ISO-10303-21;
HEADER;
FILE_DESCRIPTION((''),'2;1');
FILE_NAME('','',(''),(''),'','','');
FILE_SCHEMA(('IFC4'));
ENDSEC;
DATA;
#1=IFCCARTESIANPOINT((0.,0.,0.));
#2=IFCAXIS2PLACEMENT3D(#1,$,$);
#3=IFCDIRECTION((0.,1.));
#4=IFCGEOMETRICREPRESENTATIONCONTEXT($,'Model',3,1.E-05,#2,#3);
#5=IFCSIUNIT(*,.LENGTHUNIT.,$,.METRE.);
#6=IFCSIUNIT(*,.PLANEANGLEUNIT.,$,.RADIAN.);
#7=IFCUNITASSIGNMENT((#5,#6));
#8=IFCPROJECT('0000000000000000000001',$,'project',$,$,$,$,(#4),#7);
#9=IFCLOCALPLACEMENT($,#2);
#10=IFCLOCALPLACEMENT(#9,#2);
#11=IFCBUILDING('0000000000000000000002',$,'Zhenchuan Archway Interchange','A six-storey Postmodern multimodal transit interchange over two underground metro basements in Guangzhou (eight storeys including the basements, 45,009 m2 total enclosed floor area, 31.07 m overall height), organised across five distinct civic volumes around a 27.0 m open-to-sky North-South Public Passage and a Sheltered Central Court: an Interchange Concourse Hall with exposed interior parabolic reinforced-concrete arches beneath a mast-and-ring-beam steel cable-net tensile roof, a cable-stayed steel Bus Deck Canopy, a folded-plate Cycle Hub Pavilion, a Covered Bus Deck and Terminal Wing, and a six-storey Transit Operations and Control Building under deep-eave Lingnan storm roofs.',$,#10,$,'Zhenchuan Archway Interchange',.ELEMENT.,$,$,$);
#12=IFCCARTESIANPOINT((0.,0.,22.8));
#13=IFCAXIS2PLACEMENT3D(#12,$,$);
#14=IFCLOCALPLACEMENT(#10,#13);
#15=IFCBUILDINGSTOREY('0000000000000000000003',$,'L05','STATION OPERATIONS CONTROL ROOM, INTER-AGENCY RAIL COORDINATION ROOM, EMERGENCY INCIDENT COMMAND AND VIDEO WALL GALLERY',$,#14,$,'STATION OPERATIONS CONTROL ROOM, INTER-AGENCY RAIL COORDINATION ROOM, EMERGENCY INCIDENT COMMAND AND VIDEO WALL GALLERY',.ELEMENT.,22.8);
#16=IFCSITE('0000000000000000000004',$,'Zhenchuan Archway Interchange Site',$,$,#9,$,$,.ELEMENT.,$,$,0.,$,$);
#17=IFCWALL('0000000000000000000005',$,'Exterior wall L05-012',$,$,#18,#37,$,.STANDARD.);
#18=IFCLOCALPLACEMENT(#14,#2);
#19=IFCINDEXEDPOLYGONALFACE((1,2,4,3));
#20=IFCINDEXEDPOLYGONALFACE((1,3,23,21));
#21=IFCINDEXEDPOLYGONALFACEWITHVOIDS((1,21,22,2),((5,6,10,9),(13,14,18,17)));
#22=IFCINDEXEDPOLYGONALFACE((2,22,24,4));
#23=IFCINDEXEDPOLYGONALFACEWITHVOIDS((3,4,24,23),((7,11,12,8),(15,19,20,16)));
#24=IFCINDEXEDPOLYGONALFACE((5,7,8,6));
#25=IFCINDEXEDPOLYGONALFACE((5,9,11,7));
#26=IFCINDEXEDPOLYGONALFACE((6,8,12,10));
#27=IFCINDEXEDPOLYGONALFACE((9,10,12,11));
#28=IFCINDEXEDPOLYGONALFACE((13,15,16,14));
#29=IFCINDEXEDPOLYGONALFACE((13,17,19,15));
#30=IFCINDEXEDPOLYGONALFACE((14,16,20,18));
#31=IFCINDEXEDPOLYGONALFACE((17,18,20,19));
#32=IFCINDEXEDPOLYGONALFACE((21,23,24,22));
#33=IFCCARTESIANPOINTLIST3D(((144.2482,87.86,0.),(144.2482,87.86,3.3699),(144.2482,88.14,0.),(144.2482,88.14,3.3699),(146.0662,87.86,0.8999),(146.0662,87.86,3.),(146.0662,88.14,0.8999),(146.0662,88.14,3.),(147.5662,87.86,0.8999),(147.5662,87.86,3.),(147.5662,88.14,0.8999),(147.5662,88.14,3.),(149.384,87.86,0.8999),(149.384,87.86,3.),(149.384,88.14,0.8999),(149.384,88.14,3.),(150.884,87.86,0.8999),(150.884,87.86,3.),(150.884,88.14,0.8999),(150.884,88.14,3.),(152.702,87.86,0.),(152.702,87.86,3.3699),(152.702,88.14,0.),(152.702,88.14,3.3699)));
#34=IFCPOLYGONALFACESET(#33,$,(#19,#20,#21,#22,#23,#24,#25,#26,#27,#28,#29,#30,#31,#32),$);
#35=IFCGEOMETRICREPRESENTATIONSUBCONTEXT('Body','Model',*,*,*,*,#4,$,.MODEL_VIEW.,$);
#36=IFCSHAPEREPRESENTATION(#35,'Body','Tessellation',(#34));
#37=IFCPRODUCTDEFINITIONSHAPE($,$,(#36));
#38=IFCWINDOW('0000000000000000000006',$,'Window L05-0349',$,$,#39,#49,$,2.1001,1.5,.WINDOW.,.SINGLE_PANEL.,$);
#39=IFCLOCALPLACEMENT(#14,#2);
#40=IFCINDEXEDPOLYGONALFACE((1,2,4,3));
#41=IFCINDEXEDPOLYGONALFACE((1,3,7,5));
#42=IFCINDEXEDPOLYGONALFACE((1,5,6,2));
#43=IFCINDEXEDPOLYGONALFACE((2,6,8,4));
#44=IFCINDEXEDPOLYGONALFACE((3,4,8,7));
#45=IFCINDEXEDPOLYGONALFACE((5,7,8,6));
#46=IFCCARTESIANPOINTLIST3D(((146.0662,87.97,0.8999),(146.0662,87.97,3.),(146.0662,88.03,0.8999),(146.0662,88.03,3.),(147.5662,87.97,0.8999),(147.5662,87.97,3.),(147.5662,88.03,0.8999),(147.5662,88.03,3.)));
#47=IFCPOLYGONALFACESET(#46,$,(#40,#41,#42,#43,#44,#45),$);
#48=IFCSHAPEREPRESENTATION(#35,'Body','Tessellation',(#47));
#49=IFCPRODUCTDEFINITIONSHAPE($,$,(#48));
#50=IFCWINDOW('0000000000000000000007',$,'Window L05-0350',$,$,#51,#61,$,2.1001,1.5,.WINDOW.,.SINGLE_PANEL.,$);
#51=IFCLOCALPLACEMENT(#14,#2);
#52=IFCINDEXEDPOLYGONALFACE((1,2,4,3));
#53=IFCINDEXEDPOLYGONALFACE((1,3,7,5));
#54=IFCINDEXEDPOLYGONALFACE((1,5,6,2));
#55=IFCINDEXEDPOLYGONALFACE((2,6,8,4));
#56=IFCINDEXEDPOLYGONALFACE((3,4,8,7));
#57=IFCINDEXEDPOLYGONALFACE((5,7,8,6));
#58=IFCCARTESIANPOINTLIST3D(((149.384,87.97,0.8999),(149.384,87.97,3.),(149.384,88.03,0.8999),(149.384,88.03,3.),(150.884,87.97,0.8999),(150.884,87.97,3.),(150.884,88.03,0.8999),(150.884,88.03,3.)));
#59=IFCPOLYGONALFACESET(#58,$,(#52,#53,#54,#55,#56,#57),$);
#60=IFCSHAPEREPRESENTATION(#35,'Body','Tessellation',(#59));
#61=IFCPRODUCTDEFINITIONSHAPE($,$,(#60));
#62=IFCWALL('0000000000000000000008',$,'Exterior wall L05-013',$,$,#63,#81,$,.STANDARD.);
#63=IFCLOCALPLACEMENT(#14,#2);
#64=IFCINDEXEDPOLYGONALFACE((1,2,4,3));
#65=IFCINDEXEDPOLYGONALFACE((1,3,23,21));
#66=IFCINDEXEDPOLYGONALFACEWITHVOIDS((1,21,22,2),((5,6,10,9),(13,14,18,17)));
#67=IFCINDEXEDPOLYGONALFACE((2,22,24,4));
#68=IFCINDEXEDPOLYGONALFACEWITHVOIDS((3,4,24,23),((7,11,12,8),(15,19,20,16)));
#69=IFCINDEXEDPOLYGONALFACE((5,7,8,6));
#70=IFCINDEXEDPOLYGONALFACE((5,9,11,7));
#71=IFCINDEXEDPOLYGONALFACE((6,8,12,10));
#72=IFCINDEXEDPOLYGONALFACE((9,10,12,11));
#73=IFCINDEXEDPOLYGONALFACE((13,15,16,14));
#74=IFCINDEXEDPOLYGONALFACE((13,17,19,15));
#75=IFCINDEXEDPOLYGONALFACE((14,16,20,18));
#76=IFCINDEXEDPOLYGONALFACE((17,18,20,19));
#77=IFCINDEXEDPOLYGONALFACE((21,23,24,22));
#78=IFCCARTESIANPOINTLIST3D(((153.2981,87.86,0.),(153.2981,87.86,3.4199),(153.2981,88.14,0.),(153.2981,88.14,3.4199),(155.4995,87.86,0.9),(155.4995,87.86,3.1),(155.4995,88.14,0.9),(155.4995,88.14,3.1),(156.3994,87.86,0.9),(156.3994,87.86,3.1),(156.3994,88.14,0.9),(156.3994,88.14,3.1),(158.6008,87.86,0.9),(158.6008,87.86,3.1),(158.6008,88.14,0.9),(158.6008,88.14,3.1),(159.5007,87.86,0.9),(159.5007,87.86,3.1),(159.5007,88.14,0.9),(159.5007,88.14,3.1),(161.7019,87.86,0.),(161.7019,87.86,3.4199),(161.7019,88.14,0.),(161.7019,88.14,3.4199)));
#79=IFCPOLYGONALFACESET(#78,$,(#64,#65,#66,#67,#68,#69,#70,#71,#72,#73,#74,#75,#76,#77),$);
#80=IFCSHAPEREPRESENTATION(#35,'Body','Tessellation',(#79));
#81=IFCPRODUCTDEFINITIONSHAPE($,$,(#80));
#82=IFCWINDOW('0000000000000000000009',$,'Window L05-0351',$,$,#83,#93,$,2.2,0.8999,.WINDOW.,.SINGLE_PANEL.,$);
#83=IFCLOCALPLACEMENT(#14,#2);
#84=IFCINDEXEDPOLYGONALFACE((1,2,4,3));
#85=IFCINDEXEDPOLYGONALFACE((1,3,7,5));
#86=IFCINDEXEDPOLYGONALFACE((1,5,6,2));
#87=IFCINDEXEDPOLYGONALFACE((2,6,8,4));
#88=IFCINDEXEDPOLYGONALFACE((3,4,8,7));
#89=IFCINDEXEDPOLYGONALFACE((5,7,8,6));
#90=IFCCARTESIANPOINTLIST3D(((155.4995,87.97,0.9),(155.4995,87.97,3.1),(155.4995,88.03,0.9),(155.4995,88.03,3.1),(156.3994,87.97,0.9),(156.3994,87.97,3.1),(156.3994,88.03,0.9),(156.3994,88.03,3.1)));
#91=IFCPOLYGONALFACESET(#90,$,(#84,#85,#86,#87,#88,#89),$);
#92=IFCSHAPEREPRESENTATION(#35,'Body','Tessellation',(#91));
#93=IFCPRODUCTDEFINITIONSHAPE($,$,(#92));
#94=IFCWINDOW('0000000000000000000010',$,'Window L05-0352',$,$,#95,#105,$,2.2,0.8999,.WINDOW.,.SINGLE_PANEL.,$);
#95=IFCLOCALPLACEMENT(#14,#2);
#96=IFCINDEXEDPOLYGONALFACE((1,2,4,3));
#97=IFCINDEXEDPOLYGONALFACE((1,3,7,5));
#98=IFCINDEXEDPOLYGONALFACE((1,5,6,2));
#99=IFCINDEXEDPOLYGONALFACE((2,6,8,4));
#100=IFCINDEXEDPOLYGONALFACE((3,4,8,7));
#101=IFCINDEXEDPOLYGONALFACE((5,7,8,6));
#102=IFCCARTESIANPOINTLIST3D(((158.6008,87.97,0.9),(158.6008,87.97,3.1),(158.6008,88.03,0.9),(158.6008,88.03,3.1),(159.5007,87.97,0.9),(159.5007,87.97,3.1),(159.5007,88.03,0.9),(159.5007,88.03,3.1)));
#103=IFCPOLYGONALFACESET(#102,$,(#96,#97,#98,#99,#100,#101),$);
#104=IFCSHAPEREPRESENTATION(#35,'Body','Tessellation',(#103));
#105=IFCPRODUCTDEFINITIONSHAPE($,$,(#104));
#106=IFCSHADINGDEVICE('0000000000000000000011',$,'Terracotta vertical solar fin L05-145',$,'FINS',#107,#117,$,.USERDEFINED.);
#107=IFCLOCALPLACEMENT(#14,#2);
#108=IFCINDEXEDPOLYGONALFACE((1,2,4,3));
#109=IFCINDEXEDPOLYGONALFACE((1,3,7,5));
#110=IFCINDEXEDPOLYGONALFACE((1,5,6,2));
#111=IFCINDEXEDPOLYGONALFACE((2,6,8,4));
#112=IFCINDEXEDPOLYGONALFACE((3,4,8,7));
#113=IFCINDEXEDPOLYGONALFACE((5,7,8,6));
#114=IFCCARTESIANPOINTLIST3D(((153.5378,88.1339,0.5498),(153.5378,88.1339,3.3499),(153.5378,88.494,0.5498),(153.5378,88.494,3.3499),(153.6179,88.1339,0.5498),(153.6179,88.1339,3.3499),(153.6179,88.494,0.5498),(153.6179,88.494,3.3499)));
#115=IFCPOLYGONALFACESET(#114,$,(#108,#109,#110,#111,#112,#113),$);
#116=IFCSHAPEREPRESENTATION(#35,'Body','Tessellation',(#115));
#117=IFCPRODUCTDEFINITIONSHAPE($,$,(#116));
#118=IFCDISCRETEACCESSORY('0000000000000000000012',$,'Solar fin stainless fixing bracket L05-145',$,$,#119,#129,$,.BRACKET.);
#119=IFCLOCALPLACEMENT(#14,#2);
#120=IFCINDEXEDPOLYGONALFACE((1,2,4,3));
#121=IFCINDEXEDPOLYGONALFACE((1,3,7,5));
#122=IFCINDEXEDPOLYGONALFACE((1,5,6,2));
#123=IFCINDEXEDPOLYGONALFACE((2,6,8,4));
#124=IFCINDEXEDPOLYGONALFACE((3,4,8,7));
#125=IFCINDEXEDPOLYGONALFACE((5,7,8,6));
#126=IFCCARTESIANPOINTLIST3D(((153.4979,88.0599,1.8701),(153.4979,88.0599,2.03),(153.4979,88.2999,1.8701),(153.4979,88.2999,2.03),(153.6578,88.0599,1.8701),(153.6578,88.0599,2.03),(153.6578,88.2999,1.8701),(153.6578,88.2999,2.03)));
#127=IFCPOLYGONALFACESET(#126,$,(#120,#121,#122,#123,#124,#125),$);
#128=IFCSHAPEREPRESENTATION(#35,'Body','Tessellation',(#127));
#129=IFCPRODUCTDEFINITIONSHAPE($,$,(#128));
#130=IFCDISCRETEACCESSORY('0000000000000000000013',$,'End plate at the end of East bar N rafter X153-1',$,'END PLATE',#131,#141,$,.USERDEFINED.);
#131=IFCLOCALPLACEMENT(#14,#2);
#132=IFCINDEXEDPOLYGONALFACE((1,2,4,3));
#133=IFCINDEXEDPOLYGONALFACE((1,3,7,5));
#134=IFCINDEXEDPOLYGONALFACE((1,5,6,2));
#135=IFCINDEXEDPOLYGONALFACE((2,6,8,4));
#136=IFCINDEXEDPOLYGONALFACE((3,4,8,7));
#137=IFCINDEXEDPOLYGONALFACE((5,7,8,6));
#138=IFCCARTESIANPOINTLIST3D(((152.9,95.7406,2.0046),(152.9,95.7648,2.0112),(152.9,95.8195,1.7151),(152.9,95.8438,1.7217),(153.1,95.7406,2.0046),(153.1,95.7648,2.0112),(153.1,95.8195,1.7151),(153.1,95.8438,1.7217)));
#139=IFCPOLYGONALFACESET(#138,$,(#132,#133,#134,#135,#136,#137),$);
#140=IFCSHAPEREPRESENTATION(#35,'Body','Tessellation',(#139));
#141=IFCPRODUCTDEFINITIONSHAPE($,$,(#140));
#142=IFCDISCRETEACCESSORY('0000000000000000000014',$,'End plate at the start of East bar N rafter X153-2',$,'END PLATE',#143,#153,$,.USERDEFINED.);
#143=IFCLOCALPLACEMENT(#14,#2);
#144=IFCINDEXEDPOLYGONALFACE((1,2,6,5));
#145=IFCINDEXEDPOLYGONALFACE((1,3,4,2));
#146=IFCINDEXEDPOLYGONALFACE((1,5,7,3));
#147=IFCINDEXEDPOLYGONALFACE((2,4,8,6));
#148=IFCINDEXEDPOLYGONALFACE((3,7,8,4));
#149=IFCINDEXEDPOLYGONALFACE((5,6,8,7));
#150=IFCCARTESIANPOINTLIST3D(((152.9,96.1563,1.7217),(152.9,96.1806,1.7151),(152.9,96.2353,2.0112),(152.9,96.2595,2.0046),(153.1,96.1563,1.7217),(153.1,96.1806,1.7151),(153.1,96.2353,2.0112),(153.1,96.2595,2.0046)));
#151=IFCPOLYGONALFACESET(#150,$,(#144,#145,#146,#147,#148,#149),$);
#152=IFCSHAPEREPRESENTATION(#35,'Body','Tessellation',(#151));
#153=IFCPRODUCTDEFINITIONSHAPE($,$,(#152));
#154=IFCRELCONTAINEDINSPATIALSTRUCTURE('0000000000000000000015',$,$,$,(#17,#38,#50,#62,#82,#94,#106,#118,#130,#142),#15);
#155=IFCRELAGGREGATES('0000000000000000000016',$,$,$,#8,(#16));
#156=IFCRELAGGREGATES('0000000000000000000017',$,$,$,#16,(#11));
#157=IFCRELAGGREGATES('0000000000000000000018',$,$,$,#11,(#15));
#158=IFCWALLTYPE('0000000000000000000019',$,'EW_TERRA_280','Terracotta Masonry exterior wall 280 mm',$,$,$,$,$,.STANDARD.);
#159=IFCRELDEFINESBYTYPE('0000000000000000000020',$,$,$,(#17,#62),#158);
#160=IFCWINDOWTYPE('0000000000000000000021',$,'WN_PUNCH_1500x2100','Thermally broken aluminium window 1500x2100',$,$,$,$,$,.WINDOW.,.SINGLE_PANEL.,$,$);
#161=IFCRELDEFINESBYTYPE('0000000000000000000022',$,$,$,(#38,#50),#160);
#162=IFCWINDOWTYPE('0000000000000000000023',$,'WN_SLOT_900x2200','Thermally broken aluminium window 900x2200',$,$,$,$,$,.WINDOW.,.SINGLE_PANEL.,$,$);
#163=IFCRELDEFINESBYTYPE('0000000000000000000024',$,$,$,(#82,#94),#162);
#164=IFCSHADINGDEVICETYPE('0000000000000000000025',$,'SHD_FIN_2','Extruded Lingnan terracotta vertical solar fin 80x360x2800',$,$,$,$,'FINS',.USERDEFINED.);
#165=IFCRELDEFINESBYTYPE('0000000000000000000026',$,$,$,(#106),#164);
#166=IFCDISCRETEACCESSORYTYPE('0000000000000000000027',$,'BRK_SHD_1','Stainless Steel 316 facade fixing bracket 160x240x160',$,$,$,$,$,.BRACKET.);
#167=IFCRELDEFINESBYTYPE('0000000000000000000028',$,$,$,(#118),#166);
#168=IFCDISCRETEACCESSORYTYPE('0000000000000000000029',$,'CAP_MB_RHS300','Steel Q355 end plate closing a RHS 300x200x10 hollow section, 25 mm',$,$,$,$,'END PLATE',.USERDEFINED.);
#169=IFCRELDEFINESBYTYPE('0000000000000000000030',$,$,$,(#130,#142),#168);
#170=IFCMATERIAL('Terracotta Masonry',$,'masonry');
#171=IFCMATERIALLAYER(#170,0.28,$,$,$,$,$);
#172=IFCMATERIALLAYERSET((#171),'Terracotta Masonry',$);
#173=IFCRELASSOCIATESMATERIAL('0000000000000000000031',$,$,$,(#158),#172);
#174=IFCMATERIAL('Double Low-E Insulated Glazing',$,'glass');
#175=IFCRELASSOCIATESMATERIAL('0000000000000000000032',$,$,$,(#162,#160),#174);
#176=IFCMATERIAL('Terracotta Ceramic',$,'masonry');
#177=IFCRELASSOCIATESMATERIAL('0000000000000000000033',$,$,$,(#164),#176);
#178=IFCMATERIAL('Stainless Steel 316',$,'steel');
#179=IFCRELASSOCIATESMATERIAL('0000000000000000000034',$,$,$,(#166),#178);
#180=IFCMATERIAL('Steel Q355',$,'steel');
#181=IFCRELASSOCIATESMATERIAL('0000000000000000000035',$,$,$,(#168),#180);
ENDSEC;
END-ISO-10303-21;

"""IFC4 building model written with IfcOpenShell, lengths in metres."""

from ifc_helpers import new_model, si_unit, direction, frame, frame_2d, origin, origin_2d, place, context, subcontext, project, spatial, rectangle, extrude, material, layer, layer_set, type_object, element, fill, save


model = new_model("IFC4")

# Units and contexts
model_context = context("Model", 3, precision=1e-05, world=origin(), true_north=direction((0.0, 1.0)))
body_context = subcontext(model_context, "Body", "Model", "MODEL_VIEW")
ifc_project = project(units=[si_unit("LENGTHUNIT", "METRE"), si_unit("PLANEANGLEUNIT", "RADIAN")], contexts=[model_context])

# Site, building, storey
site_placement = place(None, origin())
site = spatial("IfcSite", under=ifc_project, at=site_placement, Name="Zhenchuan Archway Interchange Site", CompositionType="ELEMENT", RefElevation=0.0)
building_placement = place(site_placement, origin())
building = spatial("IfcBuilding", under=site, at=building_placement, Name="Zhenchuan Archway Interchange", Description="A six-storey Postmodern multimodal transit interchange over two underground metro basements in Guangzhou (eight storeys including the basements, 45,009 m2 total enclosed floor area, 31.07 m overall height), organised across five distinct civic volumes around a 27.0 m open-to-sky North-South Public Passage and a Sheltered Central Court: an Interchange Concourse Hall with exposed interior parabolic reinforced-concrete arches beneath a mast-and-ring-beam steel cable-net tensile roof, a cable-stayed steel Bus Deck Canopy, a folded-plate Cycle Hub Pavilion, a Covered Bus Deck and Terminal Wing, and a six-storey Transit Operations and Control Building under deep-eave Lingnan storm roofs.", LongName="Zhenchuan Archway Interchange", CompositionType="ELEMENT")
storey_placement = place(building_placement, frame((0.0, 0.0, 22.8)))
storey = spatial("IfcBuildingStorey", under=building, at=storey_placement, Name="L05", Description="STATION OPERATIONS CONTROL ROOM, INTER-AGENCY RAIL COORDINATION ROOM, EMERGENCY INCIDENT COMMAND AND VIDEO WALL GALLERY", LongName="STATION OPERATIONS CONTROL ROOM, INTER-AGENCY RAIL COORDINATION ROOM, EMERGENCY INCIDENT COMMAND AND VIDEO WALL GALLERY", CompositionType="ELEMENT", Elevation=22.8)

# Shared definitions
ifc_material_1 = material(Name="Steel Q355", Category="steel")

# Walls, openings, windows
ifc_material_2 = material(Name="Terracotta Masonry", Category="masonry")
ifc_layer_1 = layer(ifc_material_2, 0.28)
ifc_layer_set_1 = layer_set([ifc_layer_1], Name="Terracotta Masonry")
wall_type_1 = type_object("IfcWallType", Name="EW_TERRA_280", Description="Terracotta Masonry exterior wall 280 mm", PredefinedType="STANDARD", material=ifc_layer_set_1)
ifc_material_3 = material(Name="Double Low-E Insulated Glazing", Category="glass")
window_type_1 = type_object("IfcWindowType", Name="WN_SLOT_900x2200", Description="Thermally broken aluminium window 900x2200", PartitioningType="SINGLE_PANEL", PredefinedType="WINDOW", material=ifc_material_3)
wall_1_placement = place(storey_placement, frame((144.248, 88.0, 0.0), z_axis=(0.0, 0.0, 1.0), x_axis=(1.0, 0.0, 0.0)))
wall_1 = element("IfcWall", 1, at=wall_1_placement, inside=storey, type_object=wall_type_1, Name="Exterior wall L05-012", PredefinedType="STANDARD", context=body_context, shape_type="SweptSolid", body=[
    extrude(rectangle(XDim=8.4539, YDim=0.28, at=frame_2d((4.2271, 0.0))), origin(), (0.0, 0.0, 1.0), 3.3699),
])
opening_1_placement = place(wall_1_placement, frame((1.8181, 0.0, 0.8999)))
opening_1 = element("IfcOpeningElement", 2, at=opening_1_placement, cuts=wall_1, PredefinedType="OPENING", context=body_context, shape_type="SweptSolid", body=[
    extrude(rectangle(XDim=1.5, YDim=2.1001, at=frame_2d((0.75, 1.05))), frame((0.0, 0.1519, 0.0), z_axis=(0.0, -1.0, 0.0), x_axis=(1.0, 0.0, 0.0)), (0.0, 0.0, 1.0), 0.304),
])
opening_2_placement = place(wall_1_placement, frame((5.136, 0.0, 0.8999)))
opening_2 = element("IfcOpeningElement", 3, at=opening_2_placement, cuts=wall_1, PredefinedType="OPENING", context=body_context, shape_type="SweptSolid", body=[
    extrude(rectangle(XDim=1.5, YDim=2.1001, at=frame_2d((0.75, 1.05))), frame((0.0, 0.1519, 0.0), z_axis=(0.0, -1.0, 0.0), x_axis=(1.0, 0.0, 0.0)), (0.0, 0.0, 1.0), 0.304),
])
window_type_2 = type_object("IfcWindowType", Name="WN_PUNCH_1500x2100", Description="Thermally broken aluminium window 1500x2100", PartitioningType="SINGLE_PANEL", PredefinedType="WINDOW", material=ifc_material_3)
window_1_placement = place(opening_1_placement, origin())
window_1 = element("IfcWindow", 4, at=window_1_placement, inside=storey, type_object=window_type_2, Name="Window L05-0349", OverallHeight=2.1001, OverallWidth=1.5, PartitioningType="SINGLE_PANEL", PredefinedType="WINDOW", context=body_context, shape_type="SweptSolid", body=[
    extrude(rectangle(XDim=1.5, YDim=2.1001, at=frame_2d((0.75, 1.05))), frame((0.0, 0.03, 0.0), z_axis=(0.0, -1.0, 0.0), x_axis=(1.0, 0.0, 0.0)), (0.0, 0.0, 1.0), 0.0601),
])
fill(opening_1, window_1)
window_2_placement = place(opening_2_placement, origin())
window_2 = element("IfcWindow", 5, at=window_2_placement, inside=storey, type_object=window_type_2, Name="Window L05-0350", OverallHeight=2.1001, OverallWidth=1.5, PartitioningType="SINGLE_PANEL", PredefinedType="WINDOW", context=body_context, shape_type="SweptSolid", body=[
    extrude(rectangle(XDim=1.5, YDim=2.1001, at=frame_2d((0.75, 1.05))), frame((0.0, 0.03, 0.0), z_axis=(0.0, -1.0, 0.0), x_axis=(1.0, 0.0, 0.0)), (0.0, 0.0, 1.0), 0.0601),
])
fill(opening_2, window_2)
wall_2_placement = place(storey_placement, frame((153.2981, 88.0, 0.0), z_axis=(0.0, 0.0, 1.0), x_axis=(1.0, 0.0, 0.0)))
wall_2 = element("IfcWall", 6, at=wall_2_placement, inside=storey, type_object=wall_type_1, Name="Exterior wall L05-013", PredefinedType="STANDARD", context=body_context, shape_type="SweptSolid", body=[
    extrude(rectangle(XDim=8.4038, YDim=0.28, at=frame_2d((4.2019, 0.0))), origin(), (0.0, 0.0, 1.0), 3.4199),
])
opening_3_placement = place(wall_2_placement, frame((2.2014, 0.0, 0.8999)))
opening_3 = element("IfcOpeningElement", 7, at=opening_3_placement, cuts=wall_2, PredefinedType="OPENING", context=body_context, shape_type="SweptSolid", body=[
    extrude(rectangle(XDim=0.8999, YDim=2.2, at=frame_2d((0.45, 1.1001))), frame((0.0, 0.1519, 0.0), z_axis=(0.0, -1.0, 0.0), x_axis=(1.0, 0.0, 0.0)), (0.0, 0.0, 1.0), 0.304),
])
opening_4_placement = place(wall_2_placement, frame((5.3027, 0.0, 0.8999)))
opening_4 = element("IfcOpeningElement", 8, at=opening_4_placement, cuts=wall_2, PredefinedType="OPENING", context=body_context, shape_type="SweptSolid", body=[
    extrude(rectangle(XDim=0.8999, YDim=2.2, at=frame_2d((0.45, 1.1001))), frame((0.0, 0.1519, 0.0), z_axis=(0.0, -1.0, 0.0), x_axis=(1.0, 0.0, 0.0)), (0.0, 0.0, 1.0), 0.304),
])
window_3_placement = place(opening_3_placement, origin())
window_3 = element("IfcWindow", 9, at=window_3_placement, inside=storey, type_object=window_type_1, Name="Window L05-0351", OverallHeight=2.2, OverallWidth=0.8999, PartitioningType="SINGLE_PANEL", PredefinedType="WINDOW", context=body_context, shape_type="SweptSolid", body=[
    extrude(rectangle(XDim=0.8999, YDim=2.2, at=frame_2d((0.45, 1.1001))), frame((0.0, 0.03, 0.0), z_axis=(0.0, -1.0, 0.0), x_axis=(1.0, 0.0, 0.0)), (0.0, 0.0, 1.0), 0.0601),
])
fill(opening_3, window_3)
window_4_placement = place(opening_4_placement, origin())
window_4 = element("IfcWindow", 10, at=window_4_placement, inside=storey, type_object=window_type_1, Name="Window L05-0352", OverallHeight=2.2, OverallWidth=0.8999, PartitioningType="SINGLE_PANEL", PredefinedType="WINDOW", context=body_context, shape_type="SweptSolid", body=[
    extrude(rectangle(XDim=0.8999, YDim=2.2, at=frame_2d((0.45, 1.1001))), frame((0.0, 0.03, 0.0), z_axis=(0.0, -1.0, 0.0), x_axis=(1.0, 0.0, 0.0)), (0.0, 0.0, 1.0), 0.0601),
])
fill(opening_4, window_4)

# Shading device
ifc_material_4 = material(Name="Terracotta Ceramic", Category="masonry")
shading_device_type = type_object("IfcShadingDeviceType", Name="SHD_FIN_2", Description="Extruded Lingnan terracotta vertical solar fin 80x360x2800", ElementType="FINS", PredefinedType="USERDEFINED", material=ifc_material_4)
shading_device_placement = place(storey_placement, frame((153.5779, 88.314, 0.5498), z_axis=(0.0, 0.0, 1.0), x_axis=(1.0, 0.0, 0.0)))
element("IfcShadingDevice", 11, at=shading_device_placement, inside=storey, type_object=shading_device_type, Name="Terracotta vertical solar fin L05-145", ObjectType="FINS", PredefinedType="USERDEFINED", context=body_context, shape_type="SweptSolid", body=[
    extrude(rectangle(XDim=0.0801, YDim=0.3601, at=origin_2d()), origin(), (0.0, 0.0, 1.0), 2.8),
])

# Discrete accessories
ifc_material_5 = material(Name="Stainless Steel 316", Category="steel")
discrete_accessory_type_1 = type_object("IfcDiscreteAccessoryType", Name="BRK_SHD_1", Description="Stainless Steel 316 facade fixing bracket 160x240x160", PredefinedType="BRACKET", material=ifc_material_5)
discrete_accessory_placement = place(storey_placement, frame((153.5779, 88.1799, 1.8701), z_axis=(0.0, 0.0, 1.0), x_axis=(1.0, 0.0, 0.0)))
element("IfcDiscreteAccessory", 12, at=discrete_accessory_placement, inside=storey, type_object=discrete_accessory_type_1, Name="Solar fin stainless fixing bracket L05-145", PredefinedType="BRACKET", context=body_context, shape_type="SweptSolid", body=[
    extrude(rectangle(XDim=0.1599, YDim=0.24, at=origin_2d()), origin(), (0.0, 0.0, 1.0), 0.1599),
])
discrete_accessory_type_2 = type_object("IfcDiscreteAccessoryType", Name="CAP_MB_RHS300", Description="Steel Q355 end plate closing a RHS 300x200x10 hollow section, 25 mm", ElementType="END PLATE", PredefinedType="USERDEFINED", material=ifc_material_1)
for number, where, z_axis, x_axis, name in (
    (13, (153.0, 95.78, 1.8599), (0.0, 0.964764, 0.263117), (-1.0, 0.0, 0.0), "End plate at the end of East bar N rafter X153-1"),
    (14, (153.0, 96.1958, 1.8665), (0.0, 0.964764, -0.263117), (-1.0, 0.0, 0.0), "End plate at the start of East bar N rafter X153-2"),
):
    element("IfcDiscreteAccessory", number, at=place(storey_placement, frame(where, z_axis=z_axis, x_axis=x_axis)), inside=storey, type_object=discrete_accessory_type_2, Name=name, ObjectType="END PLATE", PredefinedType="USERDEFINED", context=body_context, shape_type="SweptSolid", body=[
        extrude(rectangle(XDim=0.2, YDim=0.3, at=origin_2d()), origin(), (0.0, 0.0, 1.0), 0.0251),
    ])

save(model, "model.ifc")
